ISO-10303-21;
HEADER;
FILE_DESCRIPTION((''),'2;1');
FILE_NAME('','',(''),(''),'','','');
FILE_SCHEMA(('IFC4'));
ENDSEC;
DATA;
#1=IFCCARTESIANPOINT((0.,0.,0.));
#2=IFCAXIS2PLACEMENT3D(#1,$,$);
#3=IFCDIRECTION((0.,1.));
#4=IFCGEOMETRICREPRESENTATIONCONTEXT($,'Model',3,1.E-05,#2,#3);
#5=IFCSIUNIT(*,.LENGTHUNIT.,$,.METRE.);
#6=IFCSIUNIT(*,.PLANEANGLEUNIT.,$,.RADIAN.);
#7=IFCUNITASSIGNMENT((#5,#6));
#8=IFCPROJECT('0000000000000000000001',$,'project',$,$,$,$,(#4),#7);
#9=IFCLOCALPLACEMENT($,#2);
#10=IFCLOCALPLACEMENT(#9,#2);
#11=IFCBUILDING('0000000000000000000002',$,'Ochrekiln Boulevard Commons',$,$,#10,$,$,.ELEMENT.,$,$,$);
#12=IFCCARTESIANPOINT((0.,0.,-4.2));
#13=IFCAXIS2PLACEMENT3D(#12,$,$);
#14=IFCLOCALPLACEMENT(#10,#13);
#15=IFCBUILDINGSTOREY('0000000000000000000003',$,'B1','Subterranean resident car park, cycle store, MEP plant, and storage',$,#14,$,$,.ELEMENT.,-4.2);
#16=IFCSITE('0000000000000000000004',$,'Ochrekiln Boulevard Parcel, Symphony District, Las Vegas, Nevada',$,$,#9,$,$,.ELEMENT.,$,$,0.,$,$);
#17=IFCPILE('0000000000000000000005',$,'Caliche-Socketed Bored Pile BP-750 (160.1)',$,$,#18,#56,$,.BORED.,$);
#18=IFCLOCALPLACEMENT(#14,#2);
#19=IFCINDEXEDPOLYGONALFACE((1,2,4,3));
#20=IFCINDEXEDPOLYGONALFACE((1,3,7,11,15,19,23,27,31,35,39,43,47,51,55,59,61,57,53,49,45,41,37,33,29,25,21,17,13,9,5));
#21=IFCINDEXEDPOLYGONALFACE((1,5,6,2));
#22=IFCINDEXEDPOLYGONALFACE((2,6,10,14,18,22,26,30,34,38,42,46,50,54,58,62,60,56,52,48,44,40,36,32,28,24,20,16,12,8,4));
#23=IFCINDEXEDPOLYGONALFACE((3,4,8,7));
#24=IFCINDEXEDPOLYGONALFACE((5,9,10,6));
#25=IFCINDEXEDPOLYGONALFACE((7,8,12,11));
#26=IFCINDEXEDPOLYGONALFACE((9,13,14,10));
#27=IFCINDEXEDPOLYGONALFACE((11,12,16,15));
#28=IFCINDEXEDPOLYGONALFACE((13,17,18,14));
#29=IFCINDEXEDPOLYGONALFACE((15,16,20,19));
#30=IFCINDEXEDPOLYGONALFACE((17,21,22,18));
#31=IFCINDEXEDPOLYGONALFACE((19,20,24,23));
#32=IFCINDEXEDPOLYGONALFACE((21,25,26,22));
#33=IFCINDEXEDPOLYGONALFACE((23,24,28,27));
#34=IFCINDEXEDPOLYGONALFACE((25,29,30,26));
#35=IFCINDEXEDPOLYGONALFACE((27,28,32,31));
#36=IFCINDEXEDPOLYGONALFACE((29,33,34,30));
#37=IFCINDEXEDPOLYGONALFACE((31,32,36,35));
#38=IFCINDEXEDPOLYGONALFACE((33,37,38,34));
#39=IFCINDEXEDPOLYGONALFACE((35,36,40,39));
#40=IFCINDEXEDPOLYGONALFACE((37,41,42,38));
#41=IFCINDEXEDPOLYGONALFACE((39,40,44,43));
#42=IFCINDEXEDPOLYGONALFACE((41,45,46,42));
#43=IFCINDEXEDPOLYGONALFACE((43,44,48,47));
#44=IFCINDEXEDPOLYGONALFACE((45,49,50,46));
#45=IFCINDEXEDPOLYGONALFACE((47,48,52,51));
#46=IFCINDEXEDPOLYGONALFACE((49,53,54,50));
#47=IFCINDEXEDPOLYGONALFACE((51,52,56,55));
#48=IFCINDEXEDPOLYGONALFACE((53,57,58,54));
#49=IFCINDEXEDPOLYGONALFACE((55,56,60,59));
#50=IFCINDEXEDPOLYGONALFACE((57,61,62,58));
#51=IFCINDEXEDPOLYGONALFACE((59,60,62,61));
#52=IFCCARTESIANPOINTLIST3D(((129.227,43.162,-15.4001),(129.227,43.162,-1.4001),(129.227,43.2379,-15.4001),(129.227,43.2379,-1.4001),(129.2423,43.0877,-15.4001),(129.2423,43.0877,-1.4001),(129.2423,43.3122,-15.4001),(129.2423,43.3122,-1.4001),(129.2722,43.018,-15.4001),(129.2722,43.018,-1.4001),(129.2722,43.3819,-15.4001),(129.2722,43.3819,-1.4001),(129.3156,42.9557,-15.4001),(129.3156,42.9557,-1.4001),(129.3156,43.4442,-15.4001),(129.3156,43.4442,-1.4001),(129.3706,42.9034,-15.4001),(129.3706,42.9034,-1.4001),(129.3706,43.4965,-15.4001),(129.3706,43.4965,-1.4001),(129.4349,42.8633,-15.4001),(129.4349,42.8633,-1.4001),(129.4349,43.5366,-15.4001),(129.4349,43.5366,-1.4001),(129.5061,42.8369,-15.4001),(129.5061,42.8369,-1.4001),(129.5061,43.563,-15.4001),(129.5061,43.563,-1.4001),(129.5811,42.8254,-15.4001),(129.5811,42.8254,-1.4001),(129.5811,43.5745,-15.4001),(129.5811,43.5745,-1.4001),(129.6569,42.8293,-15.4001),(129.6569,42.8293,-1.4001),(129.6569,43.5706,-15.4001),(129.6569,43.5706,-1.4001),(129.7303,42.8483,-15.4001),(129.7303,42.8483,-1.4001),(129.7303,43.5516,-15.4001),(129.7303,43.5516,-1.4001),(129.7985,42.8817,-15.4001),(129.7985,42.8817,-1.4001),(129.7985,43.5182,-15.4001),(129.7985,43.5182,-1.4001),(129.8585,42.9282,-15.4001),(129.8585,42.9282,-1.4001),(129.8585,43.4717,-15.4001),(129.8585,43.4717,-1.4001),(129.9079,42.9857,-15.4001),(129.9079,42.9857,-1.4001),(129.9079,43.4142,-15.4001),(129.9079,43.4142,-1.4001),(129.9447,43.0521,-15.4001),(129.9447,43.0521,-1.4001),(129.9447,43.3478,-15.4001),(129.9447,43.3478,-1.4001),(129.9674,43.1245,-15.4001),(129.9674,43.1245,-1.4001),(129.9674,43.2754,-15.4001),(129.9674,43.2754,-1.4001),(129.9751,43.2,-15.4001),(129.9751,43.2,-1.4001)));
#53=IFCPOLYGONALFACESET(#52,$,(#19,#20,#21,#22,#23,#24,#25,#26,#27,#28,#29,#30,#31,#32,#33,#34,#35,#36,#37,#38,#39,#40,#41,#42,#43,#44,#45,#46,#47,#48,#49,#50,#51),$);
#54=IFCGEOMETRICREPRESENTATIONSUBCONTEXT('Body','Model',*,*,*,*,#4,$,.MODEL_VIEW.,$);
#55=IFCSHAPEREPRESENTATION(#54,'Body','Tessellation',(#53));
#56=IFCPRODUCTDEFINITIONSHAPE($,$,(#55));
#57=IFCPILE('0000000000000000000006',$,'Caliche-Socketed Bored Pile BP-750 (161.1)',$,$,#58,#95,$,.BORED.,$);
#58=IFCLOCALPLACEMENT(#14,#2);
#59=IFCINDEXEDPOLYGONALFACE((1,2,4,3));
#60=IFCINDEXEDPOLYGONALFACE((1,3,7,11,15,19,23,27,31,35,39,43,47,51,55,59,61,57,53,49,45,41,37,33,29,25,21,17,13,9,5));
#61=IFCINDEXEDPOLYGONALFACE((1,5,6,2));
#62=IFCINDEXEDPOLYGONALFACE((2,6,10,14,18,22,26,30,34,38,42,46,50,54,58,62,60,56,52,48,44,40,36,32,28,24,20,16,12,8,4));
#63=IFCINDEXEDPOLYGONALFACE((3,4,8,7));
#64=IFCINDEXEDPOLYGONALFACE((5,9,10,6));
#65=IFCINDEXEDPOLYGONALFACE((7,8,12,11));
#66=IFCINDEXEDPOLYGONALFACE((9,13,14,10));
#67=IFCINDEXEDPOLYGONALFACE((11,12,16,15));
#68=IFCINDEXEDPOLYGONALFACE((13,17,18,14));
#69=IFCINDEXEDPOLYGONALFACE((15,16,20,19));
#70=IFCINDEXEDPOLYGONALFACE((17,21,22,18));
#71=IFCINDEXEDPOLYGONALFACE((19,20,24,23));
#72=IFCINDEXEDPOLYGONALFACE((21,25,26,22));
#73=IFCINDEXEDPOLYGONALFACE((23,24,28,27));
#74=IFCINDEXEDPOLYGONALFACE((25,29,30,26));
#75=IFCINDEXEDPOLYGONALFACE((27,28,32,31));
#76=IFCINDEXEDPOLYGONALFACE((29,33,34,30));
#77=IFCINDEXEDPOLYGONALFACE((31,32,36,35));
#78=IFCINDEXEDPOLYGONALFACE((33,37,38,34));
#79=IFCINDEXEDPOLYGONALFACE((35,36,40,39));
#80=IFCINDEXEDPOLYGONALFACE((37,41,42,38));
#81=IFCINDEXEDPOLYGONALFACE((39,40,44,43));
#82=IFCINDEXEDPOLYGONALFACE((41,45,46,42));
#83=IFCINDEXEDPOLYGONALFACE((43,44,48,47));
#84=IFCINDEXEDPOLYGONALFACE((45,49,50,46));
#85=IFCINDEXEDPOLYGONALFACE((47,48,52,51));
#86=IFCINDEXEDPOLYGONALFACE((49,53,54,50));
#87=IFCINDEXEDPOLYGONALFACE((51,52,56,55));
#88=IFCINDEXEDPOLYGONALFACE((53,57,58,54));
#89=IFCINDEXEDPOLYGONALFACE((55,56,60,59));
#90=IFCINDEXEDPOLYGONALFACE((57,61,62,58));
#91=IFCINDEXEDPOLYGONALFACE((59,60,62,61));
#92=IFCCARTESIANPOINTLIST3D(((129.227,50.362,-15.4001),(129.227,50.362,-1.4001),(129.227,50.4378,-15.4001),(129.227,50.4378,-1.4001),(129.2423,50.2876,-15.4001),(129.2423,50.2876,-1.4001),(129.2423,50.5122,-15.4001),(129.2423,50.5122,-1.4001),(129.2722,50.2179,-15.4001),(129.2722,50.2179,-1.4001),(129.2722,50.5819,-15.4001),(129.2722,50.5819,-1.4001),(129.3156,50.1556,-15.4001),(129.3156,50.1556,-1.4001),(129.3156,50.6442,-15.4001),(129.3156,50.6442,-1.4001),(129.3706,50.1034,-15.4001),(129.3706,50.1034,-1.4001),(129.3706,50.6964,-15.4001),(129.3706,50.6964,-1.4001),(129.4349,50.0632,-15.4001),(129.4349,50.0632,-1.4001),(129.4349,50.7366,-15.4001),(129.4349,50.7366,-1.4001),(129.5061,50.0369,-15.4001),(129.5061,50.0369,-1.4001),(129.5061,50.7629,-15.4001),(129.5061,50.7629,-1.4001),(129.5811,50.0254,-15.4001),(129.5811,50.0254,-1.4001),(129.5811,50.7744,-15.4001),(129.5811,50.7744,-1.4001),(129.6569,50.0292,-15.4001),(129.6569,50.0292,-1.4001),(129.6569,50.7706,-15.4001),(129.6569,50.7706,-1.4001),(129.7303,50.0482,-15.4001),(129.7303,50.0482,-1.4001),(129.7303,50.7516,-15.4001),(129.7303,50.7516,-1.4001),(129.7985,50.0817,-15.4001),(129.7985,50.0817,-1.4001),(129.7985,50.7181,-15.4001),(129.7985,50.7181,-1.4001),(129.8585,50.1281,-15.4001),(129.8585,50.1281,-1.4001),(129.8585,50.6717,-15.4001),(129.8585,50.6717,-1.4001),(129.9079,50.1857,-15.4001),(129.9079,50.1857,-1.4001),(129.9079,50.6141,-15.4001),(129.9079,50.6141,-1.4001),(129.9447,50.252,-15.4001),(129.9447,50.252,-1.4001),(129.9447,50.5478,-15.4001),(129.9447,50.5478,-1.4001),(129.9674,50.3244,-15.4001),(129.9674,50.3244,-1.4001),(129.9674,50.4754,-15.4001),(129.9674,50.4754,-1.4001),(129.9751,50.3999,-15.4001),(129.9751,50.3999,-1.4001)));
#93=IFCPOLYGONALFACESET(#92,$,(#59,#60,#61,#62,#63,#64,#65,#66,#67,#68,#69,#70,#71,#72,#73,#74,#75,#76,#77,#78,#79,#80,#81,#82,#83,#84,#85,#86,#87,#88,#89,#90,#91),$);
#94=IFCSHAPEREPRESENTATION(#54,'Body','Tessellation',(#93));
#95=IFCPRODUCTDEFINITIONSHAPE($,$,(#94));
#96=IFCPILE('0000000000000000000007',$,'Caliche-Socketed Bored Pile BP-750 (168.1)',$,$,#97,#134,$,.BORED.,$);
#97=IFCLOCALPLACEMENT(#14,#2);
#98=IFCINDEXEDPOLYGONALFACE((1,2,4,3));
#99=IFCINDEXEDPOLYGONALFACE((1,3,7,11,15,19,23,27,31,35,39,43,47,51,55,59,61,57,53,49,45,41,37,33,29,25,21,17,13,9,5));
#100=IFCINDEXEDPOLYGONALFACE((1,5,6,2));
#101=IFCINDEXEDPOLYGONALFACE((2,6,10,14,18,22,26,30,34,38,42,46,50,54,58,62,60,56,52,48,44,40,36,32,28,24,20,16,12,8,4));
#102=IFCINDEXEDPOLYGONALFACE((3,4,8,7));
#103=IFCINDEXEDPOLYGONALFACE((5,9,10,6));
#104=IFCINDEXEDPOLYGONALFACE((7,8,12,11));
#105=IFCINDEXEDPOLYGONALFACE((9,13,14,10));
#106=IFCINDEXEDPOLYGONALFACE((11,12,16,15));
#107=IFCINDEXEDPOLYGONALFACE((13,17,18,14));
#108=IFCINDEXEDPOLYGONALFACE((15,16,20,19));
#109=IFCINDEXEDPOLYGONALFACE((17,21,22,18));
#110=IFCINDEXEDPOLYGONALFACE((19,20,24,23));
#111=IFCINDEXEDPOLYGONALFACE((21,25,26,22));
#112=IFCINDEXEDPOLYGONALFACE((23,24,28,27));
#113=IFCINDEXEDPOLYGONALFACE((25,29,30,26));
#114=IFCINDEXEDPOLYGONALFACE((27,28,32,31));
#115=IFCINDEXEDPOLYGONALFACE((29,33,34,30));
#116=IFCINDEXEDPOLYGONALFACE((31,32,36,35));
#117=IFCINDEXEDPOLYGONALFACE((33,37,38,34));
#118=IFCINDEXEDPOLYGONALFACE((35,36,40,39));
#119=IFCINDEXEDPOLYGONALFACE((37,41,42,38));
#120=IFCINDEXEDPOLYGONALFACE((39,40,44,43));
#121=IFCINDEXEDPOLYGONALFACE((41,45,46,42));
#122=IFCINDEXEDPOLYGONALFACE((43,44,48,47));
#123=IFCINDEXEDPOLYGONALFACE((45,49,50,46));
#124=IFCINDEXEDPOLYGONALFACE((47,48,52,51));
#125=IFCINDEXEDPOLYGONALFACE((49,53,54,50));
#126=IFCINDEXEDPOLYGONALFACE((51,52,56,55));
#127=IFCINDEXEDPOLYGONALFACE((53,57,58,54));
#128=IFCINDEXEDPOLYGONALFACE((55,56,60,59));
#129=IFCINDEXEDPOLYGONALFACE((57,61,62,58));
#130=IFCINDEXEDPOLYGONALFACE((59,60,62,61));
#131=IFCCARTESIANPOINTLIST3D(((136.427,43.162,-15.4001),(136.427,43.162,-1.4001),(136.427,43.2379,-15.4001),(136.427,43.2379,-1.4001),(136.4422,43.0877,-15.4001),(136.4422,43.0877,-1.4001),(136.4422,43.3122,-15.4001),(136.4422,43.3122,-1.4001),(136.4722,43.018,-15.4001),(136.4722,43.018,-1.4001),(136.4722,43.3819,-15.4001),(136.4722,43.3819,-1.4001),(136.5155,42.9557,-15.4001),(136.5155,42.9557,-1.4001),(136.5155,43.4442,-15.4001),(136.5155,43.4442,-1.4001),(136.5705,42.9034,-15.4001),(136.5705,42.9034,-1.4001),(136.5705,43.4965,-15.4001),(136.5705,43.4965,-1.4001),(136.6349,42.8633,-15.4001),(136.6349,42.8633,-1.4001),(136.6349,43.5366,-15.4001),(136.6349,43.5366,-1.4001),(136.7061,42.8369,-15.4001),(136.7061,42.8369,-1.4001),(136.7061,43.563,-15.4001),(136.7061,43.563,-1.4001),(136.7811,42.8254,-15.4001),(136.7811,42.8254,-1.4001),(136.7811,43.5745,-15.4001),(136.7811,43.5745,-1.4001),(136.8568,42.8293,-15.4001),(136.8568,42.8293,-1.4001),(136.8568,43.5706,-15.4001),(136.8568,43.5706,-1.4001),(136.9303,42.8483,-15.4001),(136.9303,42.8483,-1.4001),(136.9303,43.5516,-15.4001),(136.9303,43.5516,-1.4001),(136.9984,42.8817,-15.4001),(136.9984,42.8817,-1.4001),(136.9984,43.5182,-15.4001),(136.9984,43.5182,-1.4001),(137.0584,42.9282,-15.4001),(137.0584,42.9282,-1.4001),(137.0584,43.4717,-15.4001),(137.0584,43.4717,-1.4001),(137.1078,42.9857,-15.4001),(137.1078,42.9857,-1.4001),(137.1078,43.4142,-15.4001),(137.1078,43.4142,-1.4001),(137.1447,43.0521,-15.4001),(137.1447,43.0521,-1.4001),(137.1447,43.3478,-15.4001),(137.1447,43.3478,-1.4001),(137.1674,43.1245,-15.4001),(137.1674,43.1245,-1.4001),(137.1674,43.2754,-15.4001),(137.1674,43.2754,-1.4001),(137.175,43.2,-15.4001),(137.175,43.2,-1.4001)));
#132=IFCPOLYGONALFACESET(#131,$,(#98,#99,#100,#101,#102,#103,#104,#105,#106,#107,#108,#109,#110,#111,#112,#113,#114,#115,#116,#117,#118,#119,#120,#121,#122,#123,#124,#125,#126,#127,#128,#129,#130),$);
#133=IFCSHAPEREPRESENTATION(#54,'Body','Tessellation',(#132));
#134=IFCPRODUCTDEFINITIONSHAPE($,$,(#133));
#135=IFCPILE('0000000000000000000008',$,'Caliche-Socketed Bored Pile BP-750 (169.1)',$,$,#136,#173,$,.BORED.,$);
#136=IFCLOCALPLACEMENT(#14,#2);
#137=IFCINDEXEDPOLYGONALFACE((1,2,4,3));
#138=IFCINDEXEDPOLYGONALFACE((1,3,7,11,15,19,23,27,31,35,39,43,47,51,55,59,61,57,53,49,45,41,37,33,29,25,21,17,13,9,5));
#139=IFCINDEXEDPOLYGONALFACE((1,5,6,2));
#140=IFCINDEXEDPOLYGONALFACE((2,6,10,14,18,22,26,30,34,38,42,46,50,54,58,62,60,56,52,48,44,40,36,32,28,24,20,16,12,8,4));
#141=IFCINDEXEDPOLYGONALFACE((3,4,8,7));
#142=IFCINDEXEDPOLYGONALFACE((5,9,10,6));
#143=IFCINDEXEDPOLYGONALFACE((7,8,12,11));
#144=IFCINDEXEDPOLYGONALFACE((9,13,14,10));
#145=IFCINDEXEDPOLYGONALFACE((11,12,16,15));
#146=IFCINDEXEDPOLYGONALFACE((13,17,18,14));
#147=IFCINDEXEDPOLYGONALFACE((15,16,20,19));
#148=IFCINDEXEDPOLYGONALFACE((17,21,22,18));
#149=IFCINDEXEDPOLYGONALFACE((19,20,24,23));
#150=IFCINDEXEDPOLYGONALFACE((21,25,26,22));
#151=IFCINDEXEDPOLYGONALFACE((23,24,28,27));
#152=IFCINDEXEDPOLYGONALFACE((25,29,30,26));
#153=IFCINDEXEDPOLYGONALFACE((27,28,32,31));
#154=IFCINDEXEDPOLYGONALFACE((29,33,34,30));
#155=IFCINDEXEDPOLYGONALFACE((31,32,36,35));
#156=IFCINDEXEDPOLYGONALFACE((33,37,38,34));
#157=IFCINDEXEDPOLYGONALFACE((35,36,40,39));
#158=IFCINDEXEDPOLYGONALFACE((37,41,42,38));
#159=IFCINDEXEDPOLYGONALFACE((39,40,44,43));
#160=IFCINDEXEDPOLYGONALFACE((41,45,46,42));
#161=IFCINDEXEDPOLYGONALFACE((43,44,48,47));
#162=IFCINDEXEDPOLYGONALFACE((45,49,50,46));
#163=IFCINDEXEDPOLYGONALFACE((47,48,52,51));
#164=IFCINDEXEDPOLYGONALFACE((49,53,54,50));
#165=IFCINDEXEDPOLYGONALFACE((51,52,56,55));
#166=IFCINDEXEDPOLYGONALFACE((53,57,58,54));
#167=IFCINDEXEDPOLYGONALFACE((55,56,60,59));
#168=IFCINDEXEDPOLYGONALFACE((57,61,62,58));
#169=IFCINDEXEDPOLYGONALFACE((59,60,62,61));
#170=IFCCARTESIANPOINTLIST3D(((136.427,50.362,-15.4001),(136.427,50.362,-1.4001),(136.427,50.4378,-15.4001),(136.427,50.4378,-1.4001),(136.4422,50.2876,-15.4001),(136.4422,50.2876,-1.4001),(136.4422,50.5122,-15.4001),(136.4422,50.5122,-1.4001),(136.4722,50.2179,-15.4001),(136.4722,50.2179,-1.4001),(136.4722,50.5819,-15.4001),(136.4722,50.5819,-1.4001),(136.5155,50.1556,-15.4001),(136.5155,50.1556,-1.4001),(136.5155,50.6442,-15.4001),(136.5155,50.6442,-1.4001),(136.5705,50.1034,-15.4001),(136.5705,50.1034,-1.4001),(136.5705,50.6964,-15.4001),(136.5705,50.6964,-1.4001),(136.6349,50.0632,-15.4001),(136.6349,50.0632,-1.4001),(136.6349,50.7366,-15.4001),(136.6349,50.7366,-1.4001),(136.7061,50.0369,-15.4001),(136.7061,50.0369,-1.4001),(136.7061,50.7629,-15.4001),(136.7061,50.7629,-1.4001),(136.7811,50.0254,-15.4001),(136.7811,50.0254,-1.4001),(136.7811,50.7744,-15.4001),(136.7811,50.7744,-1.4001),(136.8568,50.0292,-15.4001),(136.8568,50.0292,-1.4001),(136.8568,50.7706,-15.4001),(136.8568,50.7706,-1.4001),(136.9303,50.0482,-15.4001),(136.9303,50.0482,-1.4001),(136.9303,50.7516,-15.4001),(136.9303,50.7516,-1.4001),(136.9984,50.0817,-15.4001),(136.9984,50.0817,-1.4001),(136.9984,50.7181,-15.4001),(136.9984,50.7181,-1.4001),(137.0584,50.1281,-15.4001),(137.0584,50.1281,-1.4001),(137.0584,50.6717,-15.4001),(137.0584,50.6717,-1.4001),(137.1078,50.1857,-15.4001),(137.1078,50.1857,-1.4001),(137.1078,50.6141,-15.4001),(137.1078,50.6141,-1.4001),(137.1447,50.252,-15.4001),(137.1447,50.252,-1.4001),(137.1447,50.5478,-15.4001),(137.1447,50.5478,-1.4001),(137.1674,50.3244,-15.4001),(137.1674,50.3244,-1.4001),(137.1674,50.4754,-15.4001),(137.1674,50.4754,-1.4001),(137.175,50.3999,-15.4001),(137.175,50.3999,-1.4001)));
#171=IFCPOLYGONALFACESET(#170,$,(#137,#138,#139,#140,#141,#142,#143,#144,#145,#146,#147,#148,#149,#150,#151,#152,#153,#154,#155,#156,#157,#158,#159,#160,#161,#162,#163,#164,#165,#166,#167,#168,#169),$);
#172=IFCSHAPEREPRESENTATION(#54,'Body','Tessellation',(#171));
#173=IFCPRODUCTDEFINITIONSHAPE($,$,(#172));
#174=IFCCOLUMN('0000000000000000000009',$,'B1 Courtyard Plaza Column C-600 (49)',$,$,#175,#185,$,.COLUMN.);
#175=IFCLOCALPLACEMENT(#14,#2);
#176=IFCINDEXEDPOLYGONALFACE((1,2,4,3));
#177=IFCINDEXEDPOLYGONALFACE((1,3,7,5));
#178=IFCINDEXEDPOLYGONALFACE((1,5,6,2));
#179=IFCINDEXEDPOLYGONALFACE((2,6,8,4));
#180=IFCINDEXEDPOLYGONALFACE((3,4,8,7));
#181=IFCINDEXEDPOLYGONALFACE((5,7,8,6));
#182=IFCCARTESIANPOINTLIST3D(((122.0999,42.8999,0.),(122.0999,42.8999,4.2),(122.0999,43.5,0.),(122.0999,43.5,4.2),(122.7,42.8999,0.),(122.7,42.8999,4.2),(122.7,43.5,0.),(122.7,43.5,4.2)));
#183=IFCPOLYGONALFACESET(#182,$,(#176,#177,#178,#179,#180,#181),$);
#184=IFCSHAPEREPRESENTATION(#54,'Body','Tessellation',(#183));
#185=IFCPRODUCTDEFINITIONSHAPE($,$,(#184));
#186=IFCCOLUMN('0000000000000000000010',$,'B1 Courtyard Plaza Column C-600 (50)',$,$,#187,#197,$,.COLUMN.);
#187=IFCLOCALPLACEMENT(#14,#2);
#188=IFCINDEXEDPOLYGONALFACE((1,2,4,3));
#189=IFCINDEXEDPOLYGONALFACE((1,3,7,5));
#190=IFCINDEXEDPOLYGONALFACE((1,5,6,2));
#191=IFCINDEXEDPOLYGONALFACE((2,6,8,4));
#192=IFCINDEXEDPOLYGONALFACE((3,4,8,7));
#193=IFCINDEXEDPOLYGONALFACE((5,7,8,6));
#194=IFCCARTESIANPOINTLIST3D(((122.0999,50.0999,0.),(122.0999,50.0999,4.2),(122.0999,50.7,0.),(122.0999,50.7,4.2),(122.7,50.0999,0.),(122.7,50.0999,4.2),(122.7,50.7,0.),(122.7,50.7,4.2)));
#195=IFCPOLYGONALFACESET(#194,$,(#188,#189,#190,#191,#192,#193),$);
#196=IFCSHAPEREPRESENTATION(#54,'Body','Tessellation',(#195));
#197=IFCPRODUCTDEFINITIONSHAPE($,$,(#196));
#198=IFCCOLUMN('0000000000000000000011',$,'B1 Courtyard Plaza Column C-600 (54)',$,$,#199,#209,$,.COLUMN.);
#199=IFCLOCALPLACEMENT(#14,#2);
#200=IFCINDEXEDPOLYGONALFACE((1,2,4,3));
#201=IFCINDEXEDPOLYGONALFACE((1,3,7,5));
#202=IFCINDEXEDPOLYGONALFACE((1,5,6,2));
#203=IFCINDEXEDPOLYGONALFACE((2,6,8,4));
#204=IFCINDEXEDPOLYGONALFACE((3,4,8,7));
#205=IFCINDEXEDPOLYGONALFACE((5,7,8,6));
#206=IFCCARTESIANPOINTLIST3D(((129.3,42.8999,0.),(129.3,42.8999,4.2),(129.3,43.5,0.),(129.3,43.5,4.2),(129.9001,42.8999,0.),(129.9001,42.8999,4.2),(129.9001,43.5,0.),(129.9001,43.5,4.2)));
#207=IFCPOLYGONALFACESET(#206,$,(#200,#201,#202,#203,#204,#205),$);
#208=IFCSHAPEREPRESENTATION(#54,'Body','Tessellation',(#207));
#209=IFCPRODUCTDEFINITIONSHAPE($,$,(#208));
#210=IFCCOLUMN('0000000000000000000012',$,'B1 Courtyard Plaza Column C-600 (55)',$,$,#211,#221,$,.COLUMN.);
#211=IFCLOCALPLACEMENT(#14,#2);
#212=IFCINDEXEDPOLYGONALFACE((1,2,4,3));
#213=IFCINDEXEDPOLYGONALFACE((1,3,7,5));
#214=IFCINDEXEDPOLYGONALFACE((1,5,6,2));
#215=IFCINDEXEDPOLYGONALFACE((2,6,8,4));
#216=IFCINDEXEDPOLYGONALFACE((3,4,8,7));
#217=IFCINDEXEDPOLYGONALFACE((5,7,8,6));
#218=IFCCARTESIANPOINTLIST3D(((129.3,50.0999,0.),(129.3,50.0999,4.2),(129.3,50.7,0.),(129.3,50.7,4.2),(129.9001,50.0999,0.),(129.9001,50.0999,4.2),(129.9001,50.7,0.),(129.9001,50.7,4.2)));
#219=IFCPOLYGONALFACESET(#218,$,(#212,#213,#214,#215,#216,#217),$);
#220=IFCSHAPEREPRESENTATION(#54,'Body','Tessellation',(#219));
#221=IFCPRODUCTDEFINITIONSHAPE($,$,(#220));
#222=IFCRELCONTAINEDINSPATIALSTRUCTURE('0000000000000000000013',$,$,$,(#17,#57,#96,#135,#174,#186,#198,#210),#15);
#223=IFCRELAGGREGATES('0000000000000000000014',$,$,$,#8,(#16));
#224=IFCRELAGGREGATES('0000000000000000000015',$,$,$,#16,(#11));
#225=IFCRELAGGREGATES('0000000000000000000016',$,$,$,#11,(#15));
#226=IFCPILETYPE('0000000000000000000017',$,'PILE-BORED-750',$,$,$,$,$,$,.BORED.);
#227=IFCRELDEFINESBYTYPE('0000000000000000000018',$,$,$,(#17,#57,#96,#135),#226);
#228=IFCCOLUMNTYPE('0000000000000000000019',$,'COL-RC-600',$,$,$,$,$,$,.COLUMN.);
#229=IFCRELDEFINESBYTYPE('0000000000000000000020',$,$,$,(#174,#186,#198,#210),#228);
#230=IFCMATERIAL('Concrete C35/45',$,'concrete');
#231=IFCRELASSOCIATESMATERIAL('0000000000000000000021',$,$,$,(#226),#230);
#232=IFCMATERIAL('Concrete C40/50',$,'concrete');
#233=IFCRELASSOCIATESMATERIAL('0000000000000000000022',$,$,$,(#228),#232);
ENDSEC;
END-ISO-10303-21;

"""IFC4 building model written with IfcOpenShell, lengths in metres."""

from ifc_helpers import new_model, si_unit, direction, frame, origin, origin_2d, place, context, subcontext, project, spatial, rectangle, circle, extrude, material, material_profile, profile_set, type_object, element, save


model = new_model("IFC4")

# Units and contexts
model_context = context("Model", 3, precision=1e-05, world=origin(), true_north=direction((0.0, 1.0)))
body_context = subcontext(model_context, "Body", "Model", "MODEL_VIEW")
ifc_project = project(units=[si_unit("LENGTHUNIT", "METRE"), si_unit("PLANEANGLEUNIT", "RADIAN")], contexts=[model_context])

# Site, building, storey
site_placement = place(None, origin())
site = spatial("IfcSite", under=ifc_project, at=site_placement, Name="Ochrekiln Boulevard Parcel, Symphony District, Las Vegas, Nevada", CompositionType="ELEMENT", RefElevation=0.0)
building_placement = place(site_placement, origin())
building = spatial("IfcBuilding", under=site, at=building_placement, Name="Ochrekiln Boulevard Commons", CompositionType="ELEMENT")
storey_placement = place(building_placement, frame((0.0, 0.0, -4.2)))
storey = spatial("IfcBuildingStorey", under=building, at=storey_placement, Name="B1", Description="Subterranean resident car park, cycle store, MEP plant, and storage", CompositionType="ELEMENT", Elevation=-4.2)

# Shared definitions
ifc_material_1 = material(Name="Concrete C35/45", Category="concrete")

# Piles
ifc_material_profile_1 = material_profile(ifc_material_1, circle(Radius=0.375, at=origin_2d()), Name="PILE-D750")
ifc_profile_set_1 = profile_set([ifc_material_profile_1], Name="Concrete C35/45")
pile_type = type_object("IfcPileType", Name="PILE-BORED-750", PredefinedType="BORED", material=ifc_profile_set_1)
for number, where, z_axis, x_axis, name in (
    (1, (129.6001, 43.2, -1.4001), (0.0, 0.0, -1.0), (1.0, 0.0, 0.0), "Caliche-Socketed Bored Pile BP-750 (160.1)"),
    (2, (129.6001, 50.3999, -1.4001), (0.0, 0.0, -1.0), (1.0, 0.0, 0.0), "Caliche-Socketed Bored Pile BP-750 (161.1)"),
    (3, (136.8, 43.2, -1.4001), (0.0, 0.0, -1.0), (1.0, 0.0, 0.0), "Caliche-Socketed Bored Pile BP-750 (168.1)"),
    (4, (136.8, 50.3999, -1.4001), (0.0, 0.0, -1.0), (1.0, 0.0, 0.0), "Caliche-Socketed Bored Pile BP-750 (169.1)"),
):
    element("IfcPile", number, at=place(storey_placement, frame(where, z_axis=z_axis, x_axis=x_axis)), inside=storey, type_object=pile_type, Name=name, PredefinedType="BORED", context=body_context, shape_type="SweptSolid", body=[
        extrude(circle(Radius=0.375, at=origin_2d()), origin(), (0.0, 0.0, 1.0), 14.0),
    ])

# Columns
ifc_material_2 = material(Name="Concrete C40/50", Category="concrete")
ifc_material_profile_2 = material_profile(ifc_material_2, rectangle(XDim=0.6001, YDim=0.6001, at=origin_2d()), Name="RC-COL-600x600")
ifc_profile_set_2 = profile_set([ifc_material_profile_2], Name="Concrete C40/50")
column_type = type_object("IfcColumnType", Name="COL-RC-600", PredefinedType="COLUMN", material=ifc_profile_set_2)
for number, where, z_axis, x_axis, name in (
    (5, (122.3999, 43.2, 0.0), (0.0, 0.0, 1.0), (1.0, 0.0, 0.0), "B1 Courtyard Plaza Column C-600 (49)"),
    (6, (122.3999, 50.3999, 0.0), (0.0, 0.0, 1.0), (1.0, 0.0, 0.0), "B1 Courtyard Plaza Column C-600 (50)"),
    (7, (129.6001, 43.2, 0.0), (0.0, 0.0, 1.0), (1.0, 0.0, 0.0), "B1 Courtyard Plaza Column C-600 (54)"),
    (8, (129.6001, 50.3999, 0.0), (0.0, 0.0, 1.0), (1.0, 0.0, 0.0), "B1 Courtyard Plaza Column C-600 (55)"),
):
    element("IfcColumn", number, at=place(storey_placement, frame(where, z_axis=z_axis, x_axis=x_axis)), inside=storey, type_object=column_type, Name=name, PredefinedType="COLUMN", context=body_context, shape_type="SweptSolid", body=[
        extrude(rectangle(XDim=0.6001, YDim=0.6001, at=origin_2d()), origin(), (0.0, 0.0, 1.0), 4.2),
    ])

save(model, "model.ifc")
